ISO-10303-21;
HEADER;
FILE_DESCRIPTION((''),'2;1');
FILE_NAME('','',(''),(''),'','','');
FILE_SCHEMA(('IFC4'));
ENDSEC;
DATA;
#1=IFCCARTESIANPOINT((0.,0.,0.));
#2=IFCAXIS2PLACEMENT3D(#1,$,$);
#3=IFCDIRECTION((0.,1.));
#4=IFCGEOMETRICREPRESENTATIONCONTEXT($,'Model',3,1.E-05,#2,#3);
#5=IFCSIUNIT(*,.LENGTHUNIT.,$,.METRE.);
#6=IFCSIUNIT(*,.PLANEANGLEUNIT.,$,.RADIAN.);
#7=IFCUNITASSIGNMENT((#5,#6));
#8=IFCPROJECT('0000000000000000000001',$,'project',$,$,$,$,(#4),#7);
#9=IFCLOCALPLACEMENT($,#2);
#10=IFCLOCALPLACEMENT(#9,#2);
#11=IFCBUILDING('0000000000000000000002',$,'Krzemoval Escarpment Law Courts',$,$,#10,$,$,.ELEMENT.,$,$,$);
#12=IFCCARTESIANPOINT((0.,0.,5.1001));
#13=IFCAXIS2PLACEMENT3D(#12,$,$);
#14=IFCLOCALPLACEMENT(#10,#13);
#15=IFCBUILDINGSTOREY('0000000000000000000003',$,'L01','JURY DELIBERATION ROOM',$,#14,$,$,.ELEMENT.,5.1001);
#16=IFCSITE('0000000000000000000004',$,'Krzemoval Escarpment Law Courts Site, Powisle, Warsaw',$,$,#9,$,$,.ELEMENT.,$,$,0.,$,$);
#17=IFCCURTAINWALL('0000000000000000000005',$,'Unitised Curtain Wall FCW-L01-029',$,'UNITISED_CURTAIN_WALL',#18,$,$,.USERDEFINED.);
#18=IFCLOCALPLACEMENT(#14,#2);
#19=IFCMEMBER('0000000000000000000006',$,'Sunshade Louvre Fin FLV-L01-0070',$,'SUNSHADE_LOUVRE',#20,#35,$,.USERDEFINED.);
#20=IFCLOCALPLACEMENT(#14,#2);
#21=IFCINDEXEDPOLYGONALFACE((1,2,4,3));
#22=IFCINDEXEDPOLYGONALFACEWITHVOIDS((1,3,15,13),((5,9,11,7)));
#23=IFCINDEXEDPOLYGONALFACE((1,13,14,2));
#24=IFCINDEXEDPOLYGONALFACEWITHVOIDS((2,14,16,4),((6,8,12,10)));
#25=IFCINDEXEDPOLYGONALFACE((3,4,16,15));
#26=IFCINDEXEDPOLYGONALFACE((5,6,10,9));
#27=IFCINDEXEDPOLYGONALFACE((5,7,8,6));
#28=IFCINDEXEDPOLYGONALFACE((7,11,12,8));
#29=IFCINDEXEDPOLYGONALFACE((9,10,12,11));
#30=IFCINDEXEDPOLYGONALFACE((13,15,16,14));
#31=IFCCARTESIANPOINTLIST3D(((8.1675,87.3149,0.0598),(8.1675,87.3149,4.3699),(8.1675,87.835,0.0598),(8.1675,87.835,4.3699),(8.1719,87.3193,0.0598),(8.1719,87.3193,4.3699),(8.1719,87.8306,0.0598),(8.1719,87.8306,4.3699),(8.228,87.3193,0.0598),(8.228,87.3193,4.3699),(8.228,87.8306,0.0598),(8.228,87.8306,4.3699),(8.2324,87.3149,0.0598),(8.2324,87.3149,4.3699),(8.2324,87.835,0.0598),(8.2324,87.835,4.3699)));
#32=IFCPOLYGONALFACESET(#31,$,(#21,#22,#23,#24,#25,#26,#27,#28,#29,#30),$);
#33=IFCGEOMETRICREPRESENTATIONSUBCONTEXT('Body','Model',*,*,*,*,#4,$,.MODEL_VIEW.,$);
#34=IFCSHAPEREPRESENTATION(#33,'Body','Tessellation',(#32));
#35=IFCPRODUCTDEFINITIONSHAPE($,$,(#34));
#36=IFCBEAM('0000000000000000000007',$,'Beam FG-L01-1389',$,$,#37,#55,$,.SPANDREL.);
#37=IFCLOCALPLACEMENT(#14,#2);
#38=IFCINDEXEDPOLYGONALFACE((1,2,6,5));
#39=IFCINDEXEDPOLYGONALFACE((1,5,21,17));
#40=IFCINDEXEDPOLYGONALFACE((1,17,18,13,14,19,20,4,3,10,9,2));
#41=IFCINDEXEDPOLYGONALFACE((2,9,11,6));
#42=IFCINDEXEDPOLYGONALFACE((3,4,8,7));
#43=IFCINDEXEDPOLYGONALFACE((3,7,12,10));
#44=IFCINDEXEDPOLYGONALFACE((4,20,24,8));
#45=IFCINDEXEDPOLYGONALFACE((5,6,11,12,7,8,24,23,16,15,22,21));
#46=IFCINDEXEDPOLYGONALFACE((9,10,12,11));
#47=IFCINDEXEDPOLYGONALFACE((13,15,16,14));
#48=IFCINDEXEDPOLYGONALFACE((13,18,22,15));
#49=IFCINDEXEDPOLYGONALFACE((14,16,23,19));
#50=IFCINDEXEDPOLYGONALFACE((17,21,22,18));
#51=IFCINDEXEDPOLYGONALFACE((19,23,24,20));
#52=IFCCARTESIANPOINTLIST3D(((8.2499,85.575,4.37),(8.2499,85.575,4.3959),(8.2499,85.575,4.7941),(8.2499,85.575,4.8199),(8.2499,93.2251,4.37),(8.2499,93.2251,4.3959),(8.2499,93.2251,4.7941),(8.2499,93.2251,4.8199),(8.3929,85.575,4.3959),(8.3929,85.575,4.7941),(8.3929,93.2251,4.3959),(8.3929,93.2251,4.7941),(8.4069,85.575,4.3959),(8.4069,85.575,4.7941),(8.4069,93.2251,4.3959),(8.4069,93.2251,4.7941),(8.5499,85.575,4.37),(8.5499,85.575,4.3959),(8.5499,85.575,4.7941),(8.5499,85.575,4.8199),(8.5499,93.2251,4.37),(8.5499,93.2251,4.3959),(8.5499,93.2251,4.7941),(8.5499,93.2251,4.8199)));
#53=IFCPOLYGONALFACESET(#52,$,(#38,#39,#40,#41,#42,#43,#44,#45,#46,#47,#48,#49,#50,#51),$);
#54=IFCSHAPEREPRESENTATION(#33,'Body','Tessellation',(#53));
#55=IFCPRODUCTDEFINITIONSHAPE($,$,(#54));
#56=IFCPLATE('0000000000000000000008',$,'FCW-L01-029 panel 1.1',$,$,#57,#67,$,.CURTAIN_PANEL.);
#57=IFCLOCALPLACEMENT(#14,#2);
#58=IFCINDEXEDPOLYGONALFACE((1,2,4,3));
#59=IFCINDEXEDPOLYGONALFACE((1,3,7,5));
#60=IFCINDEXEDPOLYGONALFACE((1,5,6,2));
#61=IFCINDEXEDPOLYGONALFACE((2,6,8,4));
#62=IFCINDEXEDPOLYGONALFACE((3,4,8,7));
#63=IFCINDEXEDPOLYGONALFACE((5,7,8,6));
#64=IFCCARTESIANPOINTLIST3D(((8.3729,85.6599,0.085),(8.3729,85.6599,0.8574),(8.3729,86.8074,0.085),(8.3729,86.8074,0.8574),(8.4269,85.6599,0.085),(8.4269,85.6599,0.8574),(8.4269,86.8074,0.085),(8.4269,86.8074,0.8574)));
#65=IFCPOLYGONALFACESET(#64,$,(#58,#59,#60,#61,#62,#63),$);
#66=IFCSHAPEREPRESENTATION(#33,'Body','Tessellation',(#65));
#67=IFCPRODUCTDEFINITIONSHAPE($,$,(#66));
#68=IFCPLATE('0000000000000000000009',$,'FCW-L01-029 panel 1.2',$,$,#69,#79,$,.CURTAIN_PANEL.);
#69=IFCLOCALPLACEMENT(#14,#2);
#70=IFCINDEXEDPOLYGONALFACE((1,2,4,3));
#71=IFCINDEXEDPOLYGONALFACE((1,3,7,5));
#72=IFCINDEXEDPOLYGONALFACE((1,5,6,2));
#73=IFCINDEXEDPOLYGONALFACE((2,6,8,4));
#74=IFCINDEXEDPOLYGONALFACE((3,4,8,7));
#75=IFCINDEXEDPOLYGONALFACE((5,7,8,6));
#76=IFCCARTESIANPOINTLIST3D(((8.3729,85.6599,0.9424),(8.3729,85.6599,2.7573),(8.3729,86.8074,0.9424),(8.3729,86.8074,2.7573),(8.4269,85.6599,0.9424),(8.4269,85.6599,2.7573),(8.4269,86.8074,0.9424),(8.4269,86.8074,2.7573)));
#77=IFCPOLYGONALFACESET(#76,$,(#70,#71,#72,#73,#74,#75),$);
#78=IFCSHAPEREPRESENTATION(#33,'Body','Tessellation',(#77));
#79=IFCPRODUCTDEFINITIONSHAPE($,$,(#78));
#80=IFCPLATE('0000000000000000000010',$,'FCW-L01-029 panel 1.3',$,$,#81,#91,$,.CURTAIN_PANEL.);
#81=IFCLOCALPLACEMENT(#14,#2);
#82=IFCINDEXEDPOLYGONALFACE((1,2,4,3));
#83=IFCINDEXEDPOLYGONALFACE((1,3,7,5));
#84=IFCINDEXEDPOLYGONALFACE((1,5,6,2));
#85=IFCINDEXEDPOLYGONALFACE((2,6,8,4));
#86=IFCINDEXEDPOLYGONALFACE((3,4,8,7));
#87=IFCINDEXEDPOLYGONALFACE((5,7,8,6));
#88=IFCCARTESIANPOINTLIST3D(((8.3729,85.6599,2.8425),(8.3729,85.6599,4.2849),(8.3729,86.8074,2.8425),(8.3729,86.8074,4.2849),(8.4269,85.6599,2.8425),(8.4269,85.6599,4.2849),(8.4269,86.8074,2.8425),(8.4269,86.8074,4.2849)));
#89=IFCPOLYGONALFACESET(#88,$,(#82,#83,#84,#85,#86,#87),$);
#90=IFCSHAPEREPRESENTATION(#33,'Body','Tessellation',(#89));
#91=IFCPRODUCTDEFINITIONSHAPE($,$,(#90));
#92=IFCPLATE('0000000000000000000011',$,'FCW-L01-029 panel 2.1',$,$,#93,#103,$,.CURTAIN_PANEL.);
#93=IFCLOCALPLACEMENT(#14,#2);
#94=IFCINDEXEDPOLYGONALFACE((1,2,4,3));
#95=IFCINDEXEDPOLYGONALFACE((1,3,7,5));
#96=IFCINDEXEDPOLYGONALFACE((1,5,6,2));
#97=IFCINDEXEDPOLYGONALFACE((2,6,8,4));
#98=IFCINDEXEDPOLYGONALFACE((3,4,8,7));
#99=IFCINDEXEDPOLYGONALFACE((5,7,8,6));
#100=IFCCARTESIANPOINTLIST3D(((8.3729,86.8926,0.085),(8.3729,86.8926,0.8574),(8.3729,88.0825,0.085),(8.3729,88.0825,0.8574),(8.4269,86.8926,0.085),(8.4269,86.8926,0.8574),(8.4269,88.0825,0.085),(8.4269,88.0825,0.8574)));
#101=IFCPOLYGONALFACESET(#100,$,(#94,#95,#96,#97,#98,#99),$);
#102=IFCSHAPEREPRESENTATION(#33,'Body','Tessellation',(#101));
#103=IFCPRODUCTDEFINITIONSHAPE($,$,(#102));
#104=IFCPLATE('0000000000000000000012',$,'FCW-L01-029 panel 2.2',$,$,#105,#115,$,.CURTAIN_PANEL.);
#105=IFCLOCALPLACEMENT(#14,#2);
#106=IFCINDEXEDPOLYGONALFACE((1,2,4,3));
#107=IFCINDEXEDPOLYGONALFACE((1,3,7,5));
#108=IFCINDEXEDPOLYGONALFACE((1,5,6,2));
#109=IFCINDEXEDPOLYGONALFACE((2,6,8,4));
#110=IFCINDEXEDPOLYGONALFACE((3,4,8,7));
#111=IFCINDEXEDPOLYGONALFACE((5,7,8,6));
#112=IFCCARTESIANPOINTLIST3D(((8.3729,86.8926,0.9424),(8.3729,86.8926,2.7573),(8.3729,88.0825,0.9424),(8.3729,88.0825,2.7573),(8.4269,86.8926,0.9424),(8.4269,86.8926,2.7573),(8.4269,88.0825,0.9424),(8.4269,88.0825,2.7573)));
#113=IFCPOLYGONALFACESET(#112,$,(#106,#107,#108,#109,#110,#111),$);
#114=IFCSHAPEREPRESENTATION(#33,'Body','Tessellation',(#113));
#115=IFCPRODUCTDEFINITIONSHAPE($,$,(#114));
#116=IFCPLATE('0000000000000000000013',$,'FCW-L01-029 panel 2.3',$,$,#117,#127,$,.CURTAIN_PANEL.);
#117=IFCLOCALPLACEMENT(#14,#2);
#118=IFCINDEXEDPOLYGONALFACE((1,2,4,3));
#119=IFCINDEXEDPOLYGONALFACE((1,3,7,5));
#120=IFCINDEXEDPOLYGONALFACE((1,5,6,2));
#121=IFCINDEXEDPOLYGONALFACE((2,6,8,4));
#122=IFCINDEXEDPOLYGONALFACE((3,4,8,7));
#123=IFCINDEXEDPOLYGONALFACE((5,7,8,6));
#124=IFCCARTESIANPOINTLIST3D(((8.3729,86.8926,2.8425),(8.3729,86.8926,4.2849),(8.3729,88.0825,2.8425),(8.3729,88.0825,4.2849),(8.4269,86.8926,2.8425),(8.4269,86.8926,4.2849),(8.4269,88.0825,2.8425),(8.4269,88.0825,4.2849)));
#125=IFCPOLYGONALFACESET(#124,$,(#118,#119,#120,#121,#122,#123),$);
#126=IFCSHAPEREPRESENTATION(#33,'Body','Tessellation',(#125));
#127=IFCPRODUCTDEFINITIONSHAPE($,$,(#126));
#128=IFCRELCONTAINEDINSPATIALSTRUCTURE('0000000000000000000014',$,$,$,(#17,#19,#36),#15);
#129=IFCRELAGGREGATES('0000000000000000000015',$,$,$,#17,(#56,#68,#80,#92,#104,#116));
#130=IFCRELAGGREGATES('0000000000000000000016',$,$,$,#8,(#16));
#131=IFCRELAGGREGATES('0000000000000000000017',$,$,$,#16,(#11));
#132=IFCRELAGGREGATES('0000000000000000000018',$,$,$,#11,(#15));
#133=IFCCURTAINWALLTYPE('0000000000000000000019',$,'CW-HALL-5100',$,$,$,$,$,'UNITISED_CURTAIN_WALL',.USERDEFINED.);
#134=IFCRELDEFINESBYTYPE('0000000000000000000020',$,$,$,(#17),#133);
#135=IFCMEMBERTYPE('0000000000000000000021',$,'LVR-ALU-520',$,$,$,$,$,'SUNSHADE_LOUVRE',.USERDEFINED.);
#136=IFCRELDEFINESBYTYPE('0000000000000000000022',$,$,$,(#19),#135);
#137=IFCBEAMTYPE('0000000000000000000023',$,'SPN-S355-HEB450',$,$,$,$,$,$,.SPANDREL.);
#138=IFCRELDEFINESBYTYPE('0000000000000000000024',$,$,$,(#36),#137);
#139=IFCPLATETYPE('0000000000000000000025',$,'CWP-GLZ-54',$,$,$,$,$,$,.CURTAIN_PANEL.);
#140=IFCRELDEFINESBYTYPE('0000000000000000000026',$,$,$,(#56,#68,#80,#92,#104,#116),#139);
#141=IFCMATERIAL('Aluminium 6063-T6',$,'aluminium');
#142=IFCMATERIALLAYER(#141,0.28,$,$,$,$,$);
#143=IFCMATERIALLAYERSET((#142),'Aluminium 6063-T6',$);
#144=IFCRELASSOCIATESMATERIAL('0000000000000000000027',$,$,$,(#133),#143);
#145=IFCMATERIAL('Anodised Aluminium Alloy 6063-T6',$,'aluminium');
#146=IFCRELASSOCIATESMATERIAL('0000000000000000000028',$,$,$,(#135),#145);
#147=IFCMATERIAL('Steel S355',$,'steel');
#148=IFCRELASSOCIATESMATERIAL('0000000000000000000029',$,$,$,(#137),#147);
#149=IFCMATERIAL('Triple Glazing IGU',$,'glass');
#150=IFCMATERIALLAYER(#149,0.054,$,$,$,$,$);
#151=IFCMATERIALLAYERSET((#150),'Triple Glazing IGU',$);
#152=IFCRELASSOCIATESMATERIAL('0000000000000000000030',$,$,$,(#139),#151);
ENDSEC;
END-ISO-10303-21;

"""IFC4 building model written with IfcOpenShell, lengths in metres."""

from ifc_helpers import new_model, si_unit, direction, frame, origin, origin_2d, place, context, subcontext, project, spatial, rectangle, hollow_rectangle, i_section, extrude, material, layer, layer_set, material_profile, profile_set, type_object, element, aggregate, save


model = new_model("IFC4")

# Units and contexts
model_context = context("Model", 3, precision=1e-05, world=origin(), true_north=direction((0.0, 1.0)))
body_context = subcontext(model_context, "Body", "Model", "MODEL_VIEW")
ifc_project = project(units=[si_unit("LENGTHUNIT", "METRE"), si_unit("PLANEANGLEUNIT", "RADIAN")], contexts=[model_context])

# Site, building, storey
site_placement = place(None, origin())
site = spatial("IfcSite", under=ifc_project, at=site_placement, Name="Krzemoval Escarpment Law Courts Site, Powisle, Warsaw", CompositionType="ELEMENT", RefElevation=0.0)
building_placement = place(site_placement, origin())
building = spatial("IfcBuilding", under=site, at=building_placement, Name="Krzemoval Escarpment Law Courts", CompositionType="ELEMENT")
storey_placement = place(building_placement, frame((0.0, 0.0, 5.1001)))
storey = spatial("IfcBuildingStorey", under=building, at=storey_placement, Name="L01", Description="JURY DELIBERATION ROOM", CompositionType="ELEMENT", Elevation=5.1001)

# Shared definitions
ifc_material_1 = material(Name="Aluminium 6063-T6", Category="aluminium")
ifc_layer_1 = layer(ifc_material_1, 0.28)
ifc_layer_set_1 = layer_set([ifc_layer_1], Name="Aluminium 6063-T6")
curtain_wall_type = type_object("IfcCurtainWallType", Name="CW-HALL-5100", ElementType="UNITISED_CURTAIN_WALL", PredefinedType="USERDEFINED", material=ifc_layer_set_1)

# Curtain wall
curtain_wall_1_placement = place(storey_placement, origin())
curtain_wall_1 = element("IfcCurtainWall", 1, at=curtain_wall_1_placement, inside=storey, type_object=curtain_wall_type, Name="Unitised Curtain Wall FCW-L01-029", ObjectType="UNITISED_CURTAIN_WALL", PredefinedType="USERDEFINED")

# Member
ifc_material_2 = material(Name="Anodised Aluminium Alloy 6063-T6", Category="aluminium")
ifc_material_profile_1 = material_profile(ifc_material_2, hollow_rectangle(XDim=0.0649, YDim=0.52, WallThickness=0.0044, at=origin_2d()), Name="ALU LVR 65x520")
ifc_profile_set_1 = profile_set([ifc_material_profile_1], Name="Anodised Aluminium Alloy 6063-T6")
member_type_1 = type_object("IfcMemberType", Name="LVR-ALU-520", ElementType="SUNSHADE_LOUVRE", PredefinedType="USERDEFINED", material=ifc_profile_set_1)
for number, where, z_axis, x_axis, name in (
    (2, (8.2, 87.575, 0.0598), (0.0, 0.0, 1.0), (1.0, 0.0, 0.0), "Sunshade Louvre Fin FLV-L01-0070"),
):
    element("IfcMember", number, at=place(storey_placement, frame(where, z_axis=z_axis, x_axis=x_axis)), inside=storey, type_object=member_type_1, Name=name, ObjectType="SUNSHADE_LOUVRE", PredefinedType="USERDEFINED", context=body_context, shape_type="SweptSolid", body=[
        extrude(hollow_rectangle(XDim=0.0649, YDim=0.52, WallThickness=0.0044, at=origin_2d()), origin(), (0.0, 0.0, 1.0), 4.3101),
    ])

# Beam
ifc_material_3 = material(Name="Steel S355", Category="steel")
ifc_material_profile_2 = material_profile(ifc_material_3, i_section(OverallWidth=0.3, OverallDepth=0.45, WebThickness=0.0139, FlangeThickness=0.0259, at=origin_2d()), Name="HEB 450")
ifc_profile_set_2 = profile_set([ifc_material_profile_2], Name="Steel S355")
beam_type = type_object("IfcBeamType", Name="SPN-S355-HEB450", PredefinedType="SPANDREL", material=ifc_profile_set_2)
beam_placement = place(storey_placement, frame((8.3999, 85.575, 4.595), z_axis=(0.0, 1.0, 0.0), x_axis=(-1.0, 0.0, 0.0)))
element("IfcBeam", 3, at=beam_placement, inside=storey, type_object=beam_type, Name="Beam FG-L01-1389", PredefinedType="SPANDREL", context=body_context, shape_type="SweptSolid", body=[
    extrude(i_section(OverallWidth=0.3, OverallDepth=0.45, WebThickness=0.0139, FlangeThickness=0.0259, at=origin_2d()), origin(), (0.0, 0.0, 1.0), 7.6501),
])

# Plates
ifc_material_4 = material(Name="Triple Glazing IGU", Category="glass")
ifc_layer_2 = layer(ifc_material_4, 0.054)
ifc_layer_set_2 = layer_set([ifc_layer_2], Name="Triple Glazing IGU")
plate_type = type_object("IfcPlateType", Name="CWP-GLZ-54", PredefinedType="CURTAIN_PANEL", material=ifc_layer_set_2)
plate_1_placement = place(storey_placement, frame((8.3999, 86.2336, 0.085), z_axis=(0.0, 0.0, 1.0), x_axis=(0.0, 1.0, 0.0)))
plate_1 = element("IfcPlate", 4, at=plate_1_placement, type_object=plate_type, Name="FCW-L01-029 panel 1.1", PredefinedType="CURTAIN_PANEL", context=body_context, shape_type="SweptSolid", body=[
    extrude(rectangle(XDim=1.1475, YDim=0.054, at=origin_2d()), origin(), (0.0, 0.0, 1.0), 0.7725),
])
plate_2_placement = place(storey_placement, frame((8.3999, 86.2336, 0.9424), z_axis=(0.0, 0.0, 1.0), x_axis=(0.0, 1.0, 0.0)))
plate_2 = element("IfcPlate", 5, at=plate_2_placement, type_object=plate_type, Name="FCW-L01-029 panel 1.2", PredefinedType="CURTAIN_PANEL", context=body_context, shape_type="SweptSolid", body=[
    extrude(rectangle(XDim=1.1475, YDim=0.054, at=origin_2d()), origin(), (0.0, 0.0, 1.0), 1.8149),
])
plate_3_placement = place(storey_placement, frame((8.3999, 86.2336, 2.8425), z_axis=(0.0, 0.0, 1.0), x_axis=(0.0, 1.0, 0.0)))
plate_3 = element("IfcPlate", 6, at=plate_3_placement, type_object=plate_type, Name="FCW-L01-029 panel 1.3", PredefinedType="CURTAIN_PANEL", context=body_context, shape_type="SweptSolid", body=[
    extrude(rectangle(XDim=1.1475, YDim=0.054, at=origin_2d()), origin(), (0.0, 0.0, 1.0), 1.4424),
])
plate_4_placement = place(storey_placement, frame((8.3999, 87.4875, 0.085), z_axis=(0.0, 0.0, 1.0), x_axis=(0.0, 1.0, 0.0)))
plate_4 = element("IfcPlate", 7, at=plate_4_placement, type_object=plate_type, Name="FCW-L01-029 panel 2.1", PredefinedType="CURTAIN_PANEL", context=body_context, shape_type="SweptSolid", body=[
    extrude(rectangle(XDim=1.1899, YDim=0.054, at=origin_2d()), origin(), (0.0, 0.0, 1.0), 0.7725),
])
plate_5_placement = place(storey_placement, frame((8.3999, 87.4875, 0.9424), z_axis=(0.0, 0.0, 1.0), x_axis=(0.0, 1.0, 0.0)))
plate_5 = element("IfcPlate", 8, at=plate_5_placement, type_object=plate_type, Name="FCW-L01-029 panel 2.2", PredefinedType="CURTAIN_PANEL", context=body_context, shape_type="SweptSolid", body=[
    extrude(rectangle(XDim=1.1899, YDim=0.054, at=origin_2d()), origin(), (0.0, 0.0, 1.0), 1.8149),
])
plate_6_placement = place(storey_placement, frame((8.3999, 87.4875, 2.8425), z_axis=(0.0, 0.0, 1.0), x_axis=(0.0, 1.0, 0.0)))
plate_6 = element("IfcPlate", 9, at=plate_6_placement, type_object=plate_type, Name="FCW-L01-029 panel 2.3", PredefinedType="CURTAIN_PANEL", context=body_context, shape_type="SweptSolid", body=[
    extrude(rectangle(XDim=1.1899, YDim=0.054, at=origin_2d()), origin(), (0.0, 0.0, 1.0), 1.4424),
])
aggregate(curtain_wall_1, [plate_1, plate_2, plate_3, plate_4, plate_5, plate_6])

save(model, "model.ifc")
